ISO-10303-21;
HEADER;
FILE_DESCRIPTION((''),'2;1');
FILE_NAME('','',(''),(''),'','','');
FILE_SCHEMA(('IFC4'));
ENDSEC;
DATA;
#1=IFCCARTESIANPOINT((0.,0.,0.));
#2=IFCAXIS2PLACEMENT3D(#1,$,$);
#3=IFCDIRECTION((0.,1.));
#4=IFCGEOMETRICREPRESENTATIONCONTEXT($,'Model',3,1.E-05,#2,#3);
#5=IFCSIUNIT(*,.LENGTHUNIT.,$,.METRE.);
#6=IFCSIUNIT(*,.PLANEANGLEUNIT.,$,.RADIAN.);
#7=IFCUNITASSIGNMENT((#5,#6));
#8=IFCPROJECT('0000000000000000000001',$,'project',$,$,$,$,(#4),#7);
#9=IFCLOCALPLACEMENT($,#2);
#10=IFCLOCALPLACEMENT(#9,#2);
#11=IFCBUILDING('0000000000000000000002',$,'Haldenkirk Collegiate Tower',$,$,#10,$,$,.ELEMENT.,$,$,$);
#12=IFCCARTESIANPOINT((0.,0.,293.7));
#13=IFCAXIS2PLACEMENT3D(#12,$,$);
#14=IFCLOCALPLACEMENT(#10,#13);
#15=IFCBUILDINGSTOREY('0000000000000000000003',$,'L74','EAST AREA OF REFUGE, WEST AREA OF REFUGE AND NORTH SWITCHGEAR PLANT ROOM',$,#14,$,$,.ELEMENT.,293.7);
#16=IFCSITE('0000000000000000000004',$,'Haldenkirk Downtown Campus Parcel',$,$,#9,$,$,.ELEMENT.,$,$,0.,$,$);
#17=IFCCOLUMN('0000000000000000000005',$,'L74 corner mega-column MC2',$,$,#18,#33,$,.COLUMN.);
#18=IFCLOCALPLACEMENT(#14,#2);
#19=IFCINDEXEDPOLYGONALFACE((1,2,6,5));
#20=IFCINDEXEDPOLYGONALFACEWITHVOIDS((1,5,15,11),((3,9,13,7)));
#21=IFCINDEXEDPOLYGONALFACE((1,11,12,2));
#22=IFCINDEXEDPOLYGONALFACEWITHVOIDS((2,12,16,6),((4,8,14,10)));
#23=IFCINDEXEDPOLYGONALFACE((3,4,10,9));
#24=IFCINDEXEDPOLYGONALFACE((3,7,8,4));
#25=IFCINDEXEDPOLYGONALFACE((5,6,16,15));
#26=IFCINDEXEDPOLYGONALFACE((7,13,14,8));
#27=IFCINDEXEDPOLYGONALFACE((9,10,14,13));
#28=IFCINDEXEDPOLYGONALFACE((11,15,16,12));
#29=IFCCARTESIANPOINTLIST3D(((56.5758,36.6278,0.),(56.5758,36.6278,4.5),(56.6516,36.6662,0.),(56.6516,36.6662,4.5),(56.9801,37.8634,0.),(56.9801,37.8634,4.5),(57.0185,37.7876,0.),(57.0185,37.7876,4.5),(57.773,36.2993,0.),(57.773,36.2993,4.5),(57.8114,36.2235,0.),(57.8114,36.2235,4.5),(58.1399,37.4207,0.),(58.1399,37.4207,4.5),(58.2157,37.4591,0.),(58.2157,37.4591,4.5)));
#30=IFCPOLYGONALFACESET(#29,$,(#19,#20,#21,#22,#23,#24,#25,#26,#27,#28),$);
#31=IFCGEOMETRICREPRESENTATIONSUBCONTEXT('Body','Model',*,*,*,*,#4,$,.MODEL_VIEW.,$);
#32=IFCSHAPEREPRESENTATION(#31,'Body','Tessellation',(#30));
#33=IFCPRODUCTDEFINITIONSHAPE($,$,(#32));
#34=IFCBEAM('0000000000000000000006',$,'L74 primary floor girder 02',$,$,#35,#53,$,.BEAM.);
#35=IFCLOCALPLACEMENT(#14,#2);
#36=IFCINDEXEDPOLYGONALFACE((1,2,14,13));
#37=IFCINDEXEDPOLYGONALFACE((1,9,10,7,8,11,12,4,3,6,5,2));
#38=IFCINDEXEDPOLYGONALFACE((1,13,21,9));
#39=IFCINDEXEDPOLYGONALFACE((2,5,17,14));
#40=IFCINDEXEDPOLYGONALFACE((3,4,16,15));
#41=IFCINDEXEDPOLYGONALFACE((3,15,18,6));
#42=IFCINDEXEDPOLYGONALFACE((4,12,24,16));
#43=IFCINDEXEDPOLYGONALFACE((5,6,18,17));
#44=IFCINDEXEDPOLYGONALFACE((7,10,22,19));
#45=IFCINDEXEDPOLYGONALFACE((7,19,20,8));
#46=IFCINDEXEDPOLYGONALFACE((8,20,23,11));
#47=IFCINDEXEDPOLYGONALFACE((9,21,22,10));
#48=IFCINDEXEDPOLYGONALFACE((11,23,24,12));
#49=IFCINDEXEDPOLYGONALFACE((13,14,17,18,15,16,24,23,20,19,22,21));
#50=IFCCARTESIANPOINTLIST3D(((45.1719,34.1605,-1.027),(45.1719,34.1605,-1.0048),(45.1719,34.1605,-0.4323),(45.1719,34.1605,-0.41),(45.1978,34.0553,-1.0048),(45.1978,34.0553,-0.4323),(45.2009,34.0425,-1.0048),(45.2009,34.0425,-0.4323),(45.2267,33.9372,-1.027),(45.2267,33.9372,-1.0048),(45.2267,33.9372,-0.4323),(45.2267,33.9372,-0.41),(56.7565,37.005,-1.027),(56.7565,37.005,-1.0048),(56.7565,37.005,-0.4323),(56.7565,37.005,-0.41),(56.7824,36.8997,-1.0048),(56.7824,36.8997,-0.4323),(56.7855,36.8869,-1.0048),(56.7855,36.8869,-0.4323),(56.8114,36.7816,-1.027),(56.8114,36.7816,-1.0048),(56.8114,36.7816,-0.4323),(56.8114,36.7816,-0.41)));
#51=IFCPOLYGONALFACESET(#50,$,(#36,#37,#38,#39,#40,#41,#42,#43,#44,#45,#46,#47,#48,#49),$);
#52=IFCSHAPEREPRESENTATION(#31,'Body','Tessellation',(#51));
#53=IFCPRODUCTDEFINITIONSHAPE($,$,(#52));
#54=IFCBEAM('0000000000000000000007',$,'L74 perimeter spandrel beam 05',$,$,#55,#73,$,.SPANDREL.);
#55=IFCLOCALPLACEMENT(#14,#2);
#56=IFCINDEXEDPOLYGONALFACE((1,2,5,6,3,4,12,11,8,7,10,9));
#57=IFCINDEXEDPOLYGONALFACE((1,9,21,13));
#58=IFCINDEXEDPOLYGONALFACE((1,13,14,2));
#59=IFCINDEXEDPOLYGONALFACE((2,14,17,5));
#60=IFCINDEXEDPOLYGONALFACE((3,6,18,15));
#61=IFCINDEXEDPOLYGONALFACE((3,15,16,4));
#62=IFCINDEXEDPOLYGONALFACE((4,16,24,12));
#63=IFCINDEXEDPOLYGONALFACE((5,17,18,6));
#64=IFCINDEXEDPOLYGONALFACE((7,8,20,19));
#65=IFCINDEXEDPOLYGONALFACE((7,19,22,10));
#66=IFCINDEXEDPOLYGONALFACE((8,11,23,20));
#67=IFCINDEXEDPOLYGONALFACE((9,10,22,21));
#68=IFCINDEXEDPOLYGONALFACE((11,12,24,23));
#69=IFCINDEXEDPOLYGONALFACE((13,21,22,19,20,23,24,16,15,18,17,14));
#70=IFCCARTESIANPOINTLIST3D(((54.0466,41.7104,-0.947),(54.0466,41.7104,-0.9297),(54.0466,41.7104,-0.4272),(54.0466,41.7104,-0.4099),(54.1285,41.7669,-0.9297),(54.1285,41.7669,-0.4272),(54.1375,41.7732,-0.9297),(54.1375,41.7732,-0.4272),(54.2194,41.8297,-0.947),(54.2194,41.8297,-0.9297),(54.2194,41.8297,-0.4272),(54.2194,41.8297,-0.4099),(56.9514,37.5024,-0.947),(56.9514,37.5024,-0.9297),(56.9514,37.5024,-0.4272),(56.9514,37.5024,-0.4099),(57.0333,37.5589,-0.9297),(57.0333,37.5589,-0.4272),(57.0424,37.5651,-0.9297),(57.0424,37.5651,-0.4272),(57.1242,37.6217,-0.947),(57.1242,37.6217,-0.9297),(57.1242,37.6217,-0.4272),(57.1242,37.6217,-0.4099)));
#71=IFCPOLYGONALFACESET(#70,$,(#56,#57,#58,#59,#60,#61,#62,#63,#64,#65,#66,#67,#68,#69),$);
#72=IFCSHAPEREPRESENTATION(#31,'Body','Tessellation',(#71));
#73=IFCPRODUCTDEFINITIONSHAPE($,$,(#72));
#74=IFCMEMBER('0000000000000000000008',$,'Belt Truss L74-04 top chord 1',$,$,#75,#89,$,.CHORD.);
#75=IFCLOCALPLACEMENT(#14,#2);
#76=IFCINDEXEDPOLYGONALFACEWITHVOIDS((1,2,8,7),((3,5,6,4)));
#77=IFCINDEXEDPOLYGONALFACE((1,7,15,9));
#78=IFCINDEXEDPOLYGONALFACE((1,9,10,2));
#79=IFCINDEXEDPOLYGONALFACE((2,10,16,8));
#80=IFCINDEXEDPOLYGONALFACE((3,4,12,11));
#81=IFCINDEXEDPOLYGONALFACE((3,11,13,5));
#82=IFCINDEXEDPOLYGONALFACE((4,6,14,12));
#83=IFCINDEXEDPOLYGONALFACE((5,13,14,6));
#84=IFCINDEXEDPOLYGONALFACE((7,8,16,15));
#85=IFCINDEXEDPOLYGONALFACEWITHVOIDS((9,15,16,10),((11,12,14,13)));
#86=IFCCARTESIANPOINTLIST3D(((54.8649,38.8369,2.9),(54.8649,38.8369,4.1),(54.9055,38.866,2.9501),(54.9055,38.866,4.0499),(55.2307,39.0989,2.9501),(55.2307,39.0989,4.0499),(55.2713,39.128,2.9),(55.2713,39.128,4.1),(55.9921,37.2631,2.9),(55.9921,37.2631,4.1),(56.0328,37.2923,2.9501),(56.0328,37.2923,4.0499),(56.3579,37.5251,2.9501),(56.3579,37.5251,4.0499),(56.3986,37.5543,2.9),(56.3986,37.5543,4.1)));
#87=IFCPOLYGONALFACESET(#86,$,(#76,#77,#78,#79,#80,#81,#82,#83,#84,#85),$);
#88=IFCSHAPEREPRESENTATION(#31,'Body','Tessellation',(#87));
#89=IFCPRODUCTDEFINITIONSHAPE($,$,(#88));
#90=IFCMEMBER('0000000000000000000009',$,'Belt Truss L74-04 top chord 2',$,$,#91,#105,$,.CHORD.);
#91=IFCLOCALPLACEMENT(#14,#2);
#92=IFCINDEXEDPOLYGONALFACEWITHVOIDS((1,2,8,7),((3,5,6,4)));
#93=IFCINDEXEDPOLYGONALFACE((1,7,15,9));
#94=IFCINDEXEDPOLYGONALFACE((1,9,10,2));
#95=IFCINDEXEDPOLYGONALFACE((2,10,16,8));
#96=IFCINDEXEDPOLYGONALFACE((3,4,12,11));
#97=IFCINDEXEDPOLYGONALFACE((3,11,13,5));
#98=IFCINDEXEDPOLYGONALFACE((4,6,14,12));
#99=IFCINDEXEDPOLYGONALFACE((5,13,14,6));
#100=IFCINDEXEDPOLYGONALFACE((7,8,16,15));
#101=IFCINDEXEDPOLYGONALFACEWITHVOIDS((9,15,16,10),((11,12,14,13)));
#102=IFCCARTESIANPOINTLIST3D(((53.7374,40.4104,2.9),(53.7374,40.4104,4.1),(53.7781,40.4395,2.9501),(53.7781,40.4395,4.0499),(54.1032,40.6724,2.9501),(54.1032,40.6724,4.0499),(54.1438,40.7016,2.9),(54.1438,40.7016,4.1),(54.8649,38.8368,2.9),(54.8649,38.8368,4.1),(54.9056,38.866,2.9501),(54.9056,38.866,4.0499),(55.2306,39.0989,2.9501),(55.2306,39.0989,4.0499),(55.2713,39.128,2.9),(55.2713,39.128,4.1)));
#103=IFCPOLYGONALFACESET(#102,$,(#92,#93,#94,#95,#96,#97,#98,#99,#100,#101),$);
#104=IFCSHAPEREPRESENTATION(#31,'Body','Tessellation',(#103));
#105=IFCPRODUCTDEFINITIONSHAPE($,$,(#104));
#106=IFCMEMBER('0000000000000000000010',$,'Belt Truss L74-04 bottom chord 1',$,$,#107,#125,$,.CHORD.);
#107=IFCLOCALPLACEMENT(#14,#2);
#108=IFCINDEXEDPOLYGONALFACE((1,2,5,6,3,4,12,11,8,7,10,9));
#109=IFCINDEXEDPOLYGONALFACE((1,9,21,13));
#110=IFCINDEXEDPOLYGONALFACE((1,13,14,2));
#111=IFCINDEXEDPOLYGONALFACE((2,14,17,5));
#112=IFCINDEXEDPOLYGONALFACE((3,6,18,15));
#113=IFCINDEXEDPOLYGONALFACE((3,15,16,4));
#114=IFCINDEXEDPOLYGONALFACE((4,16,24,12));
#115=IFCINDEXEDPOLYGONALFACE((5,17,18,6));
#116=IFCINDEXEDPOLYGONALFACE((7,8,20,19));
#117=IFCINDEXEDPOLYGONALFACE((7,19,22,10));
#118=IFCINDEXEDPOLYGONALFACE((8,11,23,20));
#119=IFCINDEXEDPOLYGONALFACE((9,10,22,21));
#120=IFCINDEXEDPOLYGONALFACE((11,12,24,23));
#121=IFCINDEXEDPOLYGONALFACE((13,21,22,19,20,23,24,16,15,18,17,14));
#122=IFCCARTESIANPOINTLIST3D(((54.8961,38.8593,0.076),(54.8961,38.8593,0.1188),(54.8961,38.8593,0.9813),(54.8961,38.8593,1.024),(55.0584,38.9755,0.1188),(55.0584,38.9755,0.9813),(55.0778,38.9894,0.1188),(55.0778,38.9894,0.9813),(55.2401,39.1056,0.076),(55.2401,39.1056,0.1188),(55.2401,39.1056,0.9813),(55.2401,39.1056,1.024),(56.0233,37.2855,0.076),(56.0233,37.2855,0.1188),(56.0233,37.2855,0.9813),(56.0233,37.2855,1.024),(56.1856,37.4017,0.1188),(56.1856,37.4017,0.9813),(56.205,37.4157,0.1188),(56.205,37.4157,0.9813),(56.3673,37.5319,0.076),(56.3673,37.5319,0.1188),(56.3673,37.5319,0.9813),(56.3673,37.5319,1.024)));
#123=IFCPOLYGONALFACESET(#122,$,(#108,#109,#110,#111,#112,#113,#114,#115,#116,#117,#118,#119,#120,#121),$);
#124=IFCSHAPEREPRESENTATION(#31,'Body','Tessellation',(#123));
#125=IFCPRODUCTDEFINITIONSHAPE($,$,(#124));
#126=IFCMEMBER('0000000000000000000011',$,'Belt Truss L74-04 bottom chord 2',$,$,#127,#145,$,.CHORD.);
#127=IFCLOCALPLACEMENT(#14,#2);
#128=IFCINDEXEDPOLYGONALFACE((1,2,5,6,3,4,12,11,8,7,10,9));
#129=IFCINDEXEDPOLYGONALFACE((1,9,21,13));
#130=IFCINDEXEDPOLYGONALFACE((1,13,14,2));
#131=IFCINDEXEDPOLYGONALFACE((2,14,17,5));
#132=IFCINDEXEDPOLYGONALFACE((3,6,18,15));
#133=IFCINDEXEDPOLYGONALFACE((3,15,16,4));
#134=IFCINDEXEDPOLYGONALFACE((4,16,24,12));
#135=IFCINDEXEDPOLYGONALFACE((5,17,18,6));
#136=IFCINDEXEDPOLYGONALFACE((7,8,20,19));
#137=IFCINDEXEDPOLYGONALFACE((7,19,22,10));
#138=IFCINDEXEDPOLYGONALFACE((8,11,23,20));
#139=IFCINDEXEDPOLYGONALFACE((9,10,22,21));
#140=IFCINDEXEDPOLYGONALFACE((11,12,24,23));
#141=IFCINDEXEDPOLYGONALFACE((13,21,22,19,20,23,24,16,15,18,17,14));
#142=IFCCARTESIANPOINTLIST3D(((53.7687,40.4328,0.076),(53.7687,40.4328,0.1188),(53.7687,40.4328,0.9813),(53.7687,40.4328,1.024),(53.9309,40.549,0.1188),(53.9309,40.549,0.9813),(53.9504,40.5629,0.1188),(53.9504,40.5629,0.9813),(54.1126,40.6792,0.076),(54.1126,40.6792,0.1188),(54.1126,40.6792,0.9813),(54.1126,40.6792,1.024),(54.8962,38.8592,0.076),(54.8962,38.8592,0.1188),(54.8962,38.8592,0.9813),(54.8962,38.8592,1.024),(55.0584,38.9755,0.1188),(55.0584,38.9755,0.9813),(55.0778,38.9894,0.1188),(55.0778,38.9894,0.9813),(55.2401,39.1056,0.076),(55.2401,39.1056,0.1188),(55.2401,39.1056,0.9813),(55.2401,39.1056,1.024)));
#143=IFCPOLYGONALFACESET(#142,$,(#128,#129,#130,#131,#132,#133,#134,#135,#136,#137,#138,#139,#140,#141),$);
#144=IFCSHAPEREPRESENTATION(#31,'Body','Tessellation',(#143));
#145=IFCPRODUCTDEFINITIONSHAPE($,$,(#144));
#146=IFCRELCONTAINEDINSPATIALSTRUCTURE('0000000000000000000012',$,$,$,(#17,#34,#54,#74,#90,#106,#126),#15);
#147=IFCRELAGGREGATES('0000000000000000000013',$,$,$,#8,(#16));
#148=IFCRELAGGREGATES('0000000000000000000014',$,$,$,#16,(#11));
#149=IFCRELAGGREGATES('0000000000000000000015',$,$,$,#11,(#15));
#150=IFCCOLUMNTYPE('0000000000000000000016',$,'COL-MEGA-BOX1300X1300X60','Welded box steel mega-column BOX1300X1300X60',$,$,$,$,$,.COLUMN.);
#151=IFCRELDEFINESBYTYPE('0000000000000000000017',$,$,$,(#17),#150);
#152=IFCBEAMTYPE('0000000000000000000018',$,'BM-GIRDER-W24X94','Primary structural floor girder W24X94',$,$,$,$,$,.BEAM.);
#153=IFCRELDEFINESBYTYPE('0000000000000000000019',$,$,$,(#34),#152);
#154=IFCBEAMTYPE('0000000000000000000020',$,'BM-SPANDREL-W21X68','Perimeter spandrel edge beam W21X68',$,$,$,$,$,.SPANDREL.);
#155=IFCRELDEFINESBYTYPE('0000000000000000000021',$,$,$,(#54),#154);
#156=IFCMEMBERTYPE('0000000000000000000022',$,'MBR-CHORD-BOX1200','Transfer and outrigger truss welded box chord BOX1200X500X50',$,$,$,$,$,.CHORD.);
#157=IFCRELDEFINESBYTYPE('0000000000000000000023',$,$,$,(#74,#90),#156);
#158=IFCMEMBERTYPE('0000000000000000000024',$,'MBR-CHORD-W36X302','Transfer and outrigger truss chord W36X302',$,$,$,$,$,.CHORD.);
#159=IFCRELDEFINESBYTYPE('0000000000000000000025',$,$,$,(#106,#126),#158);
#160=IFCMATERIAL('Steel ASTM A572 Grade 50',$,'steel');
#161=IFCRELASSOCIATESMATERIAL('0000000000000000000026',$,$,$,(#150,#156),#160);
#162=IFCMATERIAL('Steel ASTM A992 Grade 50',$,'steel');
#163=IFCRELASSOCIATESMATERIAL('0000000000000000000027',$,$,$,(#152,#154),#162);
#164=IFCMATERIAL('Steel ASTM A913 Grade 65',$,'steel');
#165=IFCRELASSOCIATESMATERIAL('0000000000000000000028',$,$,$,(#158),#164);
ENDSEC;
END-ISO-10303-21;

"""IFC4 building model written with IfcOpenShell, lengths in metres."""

from ifc_helpers import new_model, si_unit, direction, frame, origin, origin_2d, place, context, subcontext, project, spatial, hollow_rectangle, i_section, extrude, material, material_profile, profile_set, type_object, element, save


model = new_model("IFC4")

# Units and contexts
model_context = context("Model", 3, precision=1e-05, world=origin(), true_north=direction((0.0, 1.0)))
body_context = subcontext(model_context, "Body", "Model", "MODEL_VIEW")
ifc_project = project(units=[si_unit("LENGTHUNIT", "METRE"), si_unit("PLANEANGLEUNIT", "RADIAN")], contexts=[model_context])

# Site, building, storey
site_placement = place(None, origin())
site = spatial("IfcSite", under=ifc_project, at=site_placement, Name="Haldenkirk Downtown Campus Parcel", CompositionType="ELEMENT", RefElevation=0.0)
building_placement = place(site_placement, origin())
building = spatial("IfcBuilding", under=site, at=building_placement, Name="Haldenkirk Collegiate Tower", CompositionType="ELEMENT")
storey_placement = place(building_placement, frame((0.0, 0.0, 293.7)))
storey = spatial("IfcBuildingStorey", under=building, at=storey_placement, Name="L74", Description="EAST AREA OF REFUGE, WEST AREA OF REFUGE AND NORTH SWITCHGEAR PLANT ROOM", CompositionType="ELEMENT", Elevation=293.7)

# Column
ifc_material_1 = material(Name="Steel ASTM A572 Grade 50", Category="steel")
ifc_material_profile_1 = material_profile(ifc_material_1, hollow_rectangle(XDim=1.3, YDim=1.3, WallThickness=0.0601, at=origin_2d()), Name="BOX1300X1300X60")
ifc_profile_set_1 = profile_set([ifc_material_profile_1], Name="Steel ASTM A572 Grade 50")
column_type = type_object("IfcColumnType", Name="COL-MEGA-BOX1300X1300X60", Description="Welded box steel mega-column BOX1300X1300X60", PredefinedType="COLUMN", material=ifc_profile_set_1)
column_placement = place(storey_placement, frame((57.3958, 37.0435, 0.0), z_axis=(0.0, 0.0, 1.0), x_axis=(0.311008, 0.950407, 0.0)))
element("IfcColumn", 1, at=column_placement, inside=storey, type_object=column_type, Name="L74 corner mega-column MC2", PredefinedType="COLUMN", context=body_context, shape_type="SweptSolid", body=[
    extrude(hollow_rectangle(XDim=1.3, YDim=1.3, WallThickness=0.0601, at=origin_2d()), origin(), (0.0, 0.0, 1.0), 4.5),
])

# Beams
ifc_material_2 = material(Name="Steel ASTM A992 Grade 50", Category="steel")
ifc_material_profile_2 = material_profile(ifc_material_2, i_section(OverallWidth=0.23, OverallDepth=0.6169, WebThickness=0.0132, FlangeThickness=0.0222, at=origin_2d()), Name="W24X94")
ifc_profile_set_2 = profile_set([ifc_material_profile_2], Name="Steel ASTM A992 Grade 50")
beam_type_1 = type_object("IfcBeamType", Name="BM-GIRDER-W24X94", Description="Primary structural floor girder W24X94", PredefinedType="BEAM", material=ifc_profile_set_2)
beam_1_placement = place(storey_placement, frame((56.7839, 36.8933, -0.7185), z_axis=(-0.971154, -0.238455, 0.0), x_axis=(0.238455, -0.971154, 0.0)))
element("IfcBeam", 2, at=beam_1_placement, inside=storey, type_object=beam_type_1, Name="L74 primary floor girder 02", PredefinedType="BEAM", context=body_context, shape_type="SweptSolid", body=[
    extrude(i_section(OverallWidth=0.23, OverallDepth=0.6169, WebThickness=0.0132, FlangeThickness=0.0222, at=origin_2d()), origin(), (0.0, 0.0, 1.0), 11.9287),
])
ifc_material_profile_3 = material_profile(ifc_material_2, i_section(OverallWidth=0.21, OverallDepth=0.5371, WebThickness=0.011, FlangeThickness=0.0173, at=origin_2d()), Name="W21X68")
ifc_profile_set_3 = profile_set([ifc_material_profile_3], Name="Steel ASTM A992 Grade 50")
beam_type_2 = type_object("IfcBeamType", Name="BM-SPANDREL-W21X68", Description="Perimeter spandrel edge beam W21X68", PredefinedType="SPANDREL", material=ifc_profile_set_3)
beam_2_placement = place(storey_placement, frame((57.0378, 37.562, -0.6785), z_axis=(-0.568092, 0.822965, 0.0), x_axis=(-0.822965, -0.568092, 0.0)))
element("IfcBeam", 3, at=beam_2_placement, inside=storey, type_object=beam_type_2, Name="L74 perimeter spandrel beam 05", PredefinedType="SPANDREL", context=body_context, shape_type="SweptSolid", body=[
    extrude(i_section(OverallWidth=0.21, OverallDepth=0.5371, WebThickness=0.011, FlangeThickness=0.0173, at=origin_2d()), origin(), (0.0, 0.0, 1.0), 5.1133),
])

# Members
ifc_material_profile_4 = material_profile(ifc_material_1, hollow_rectangle(XDim=0.5, YDim=1.2, WallThickness=0.05, at=origin_2d()), Name="BOX1200X500X50")
ifc_profile_set_4 = profile_set([ifc_material_profile_4], Name="Steel ASTM A572 Grade 50")
member_type_1 = type_object("IfcMemberType", Name="MBR-CHORD-BOX1200", Description="Transfer and outrigger truss welded box chord BOX1200X500X50", PredefinedType="CHORD", material=ifc_profile_set_4)
for number, where, z_axis, x_axis, name in (
    (4, (56.1953, 37.4087, 3.5), (-0.582299, 0.812974, 0.0), (-0.812974, -0.582299, 0.0), "Belt Truss L74-04 top chord 1"),
    (5, (55.0681, 38.9824, 3.5), (-0.582443, 0.812872, 0.0), (-0.812872, -0.582443, 0.0), "Belt Truss L74-04 top chord 2"),
):
    element("IfcMember", number, at=place(storey_placement, frame(where, z_axis=z_axis, x_axis=x_axis)), inside=storey, type_object=member_type_1, Name=name, PredefinedType="CHORD", context=body_context, shape_type="SweptSolid", body=[
        extrude(hollow_rectangle(XDim=0.5, YDim=1.2, WallThickness=0.05, at=origin_2d()), origin(), (0.0, 0.0, 1.0), 1.9358),
    ])
ifc_material_3 = material(Name="Steel ASTM A913 Grade 65", Category="steel")
ifc_material_profile_5 = material_profile(ifc_material_3, i_section(OverallWidth=0.4231, OverallDepth=0.948, WebThickness=0.0239, FlangeThickness=0.0427, at=origin_2d()), Name="W36X302")
ifc_profile_set_5 = profile_set([ifc_material_profile_5], Name="Steel ASTM A913 Grade 65")
member_type_2 = type_object("IfcMemberType", Name="MBR-CHORD-W36X302", Description="Transfer and outrigger truss chord W36X302", PredefinedType="CHORD", material=ifc_profile_set_5)
for number, where, z_axis, x_axis, name in (
    (6, (56.1953, 37.4087, 0.55), (-0.582299, 0.812974, 0.0), (-0.812974, -0.582299, 0.0), "Belt Truss L74-04 bottom chord 1"),
    (7, (55.0681, 38.9824, 0.55), (-0.582443, 0.812872, 0.0), (-0.812872, -0.582443, 0.0), "Belt Truss L74-04 bottom chord 2"),
):
    element("IfcMember", number, at=place(storey_placement, frame(where, z_axis=z_axis, x_axis=x_axis)), inside=storey, type_object=member_type_2, Name=name, PredefinedType="CHORD", context=body_context, shape_type="SweptSolid", body=[
        extrude(i_section(OverallWidth=0.4231, OverallDepth=0.948, WebThickness=0.0239, FlangeThickness=0.0427, at=origin_2d()), origin(), (0.0, 0.0, 1.0), 1.9358),
    ])

save(model, "model.ifc")
